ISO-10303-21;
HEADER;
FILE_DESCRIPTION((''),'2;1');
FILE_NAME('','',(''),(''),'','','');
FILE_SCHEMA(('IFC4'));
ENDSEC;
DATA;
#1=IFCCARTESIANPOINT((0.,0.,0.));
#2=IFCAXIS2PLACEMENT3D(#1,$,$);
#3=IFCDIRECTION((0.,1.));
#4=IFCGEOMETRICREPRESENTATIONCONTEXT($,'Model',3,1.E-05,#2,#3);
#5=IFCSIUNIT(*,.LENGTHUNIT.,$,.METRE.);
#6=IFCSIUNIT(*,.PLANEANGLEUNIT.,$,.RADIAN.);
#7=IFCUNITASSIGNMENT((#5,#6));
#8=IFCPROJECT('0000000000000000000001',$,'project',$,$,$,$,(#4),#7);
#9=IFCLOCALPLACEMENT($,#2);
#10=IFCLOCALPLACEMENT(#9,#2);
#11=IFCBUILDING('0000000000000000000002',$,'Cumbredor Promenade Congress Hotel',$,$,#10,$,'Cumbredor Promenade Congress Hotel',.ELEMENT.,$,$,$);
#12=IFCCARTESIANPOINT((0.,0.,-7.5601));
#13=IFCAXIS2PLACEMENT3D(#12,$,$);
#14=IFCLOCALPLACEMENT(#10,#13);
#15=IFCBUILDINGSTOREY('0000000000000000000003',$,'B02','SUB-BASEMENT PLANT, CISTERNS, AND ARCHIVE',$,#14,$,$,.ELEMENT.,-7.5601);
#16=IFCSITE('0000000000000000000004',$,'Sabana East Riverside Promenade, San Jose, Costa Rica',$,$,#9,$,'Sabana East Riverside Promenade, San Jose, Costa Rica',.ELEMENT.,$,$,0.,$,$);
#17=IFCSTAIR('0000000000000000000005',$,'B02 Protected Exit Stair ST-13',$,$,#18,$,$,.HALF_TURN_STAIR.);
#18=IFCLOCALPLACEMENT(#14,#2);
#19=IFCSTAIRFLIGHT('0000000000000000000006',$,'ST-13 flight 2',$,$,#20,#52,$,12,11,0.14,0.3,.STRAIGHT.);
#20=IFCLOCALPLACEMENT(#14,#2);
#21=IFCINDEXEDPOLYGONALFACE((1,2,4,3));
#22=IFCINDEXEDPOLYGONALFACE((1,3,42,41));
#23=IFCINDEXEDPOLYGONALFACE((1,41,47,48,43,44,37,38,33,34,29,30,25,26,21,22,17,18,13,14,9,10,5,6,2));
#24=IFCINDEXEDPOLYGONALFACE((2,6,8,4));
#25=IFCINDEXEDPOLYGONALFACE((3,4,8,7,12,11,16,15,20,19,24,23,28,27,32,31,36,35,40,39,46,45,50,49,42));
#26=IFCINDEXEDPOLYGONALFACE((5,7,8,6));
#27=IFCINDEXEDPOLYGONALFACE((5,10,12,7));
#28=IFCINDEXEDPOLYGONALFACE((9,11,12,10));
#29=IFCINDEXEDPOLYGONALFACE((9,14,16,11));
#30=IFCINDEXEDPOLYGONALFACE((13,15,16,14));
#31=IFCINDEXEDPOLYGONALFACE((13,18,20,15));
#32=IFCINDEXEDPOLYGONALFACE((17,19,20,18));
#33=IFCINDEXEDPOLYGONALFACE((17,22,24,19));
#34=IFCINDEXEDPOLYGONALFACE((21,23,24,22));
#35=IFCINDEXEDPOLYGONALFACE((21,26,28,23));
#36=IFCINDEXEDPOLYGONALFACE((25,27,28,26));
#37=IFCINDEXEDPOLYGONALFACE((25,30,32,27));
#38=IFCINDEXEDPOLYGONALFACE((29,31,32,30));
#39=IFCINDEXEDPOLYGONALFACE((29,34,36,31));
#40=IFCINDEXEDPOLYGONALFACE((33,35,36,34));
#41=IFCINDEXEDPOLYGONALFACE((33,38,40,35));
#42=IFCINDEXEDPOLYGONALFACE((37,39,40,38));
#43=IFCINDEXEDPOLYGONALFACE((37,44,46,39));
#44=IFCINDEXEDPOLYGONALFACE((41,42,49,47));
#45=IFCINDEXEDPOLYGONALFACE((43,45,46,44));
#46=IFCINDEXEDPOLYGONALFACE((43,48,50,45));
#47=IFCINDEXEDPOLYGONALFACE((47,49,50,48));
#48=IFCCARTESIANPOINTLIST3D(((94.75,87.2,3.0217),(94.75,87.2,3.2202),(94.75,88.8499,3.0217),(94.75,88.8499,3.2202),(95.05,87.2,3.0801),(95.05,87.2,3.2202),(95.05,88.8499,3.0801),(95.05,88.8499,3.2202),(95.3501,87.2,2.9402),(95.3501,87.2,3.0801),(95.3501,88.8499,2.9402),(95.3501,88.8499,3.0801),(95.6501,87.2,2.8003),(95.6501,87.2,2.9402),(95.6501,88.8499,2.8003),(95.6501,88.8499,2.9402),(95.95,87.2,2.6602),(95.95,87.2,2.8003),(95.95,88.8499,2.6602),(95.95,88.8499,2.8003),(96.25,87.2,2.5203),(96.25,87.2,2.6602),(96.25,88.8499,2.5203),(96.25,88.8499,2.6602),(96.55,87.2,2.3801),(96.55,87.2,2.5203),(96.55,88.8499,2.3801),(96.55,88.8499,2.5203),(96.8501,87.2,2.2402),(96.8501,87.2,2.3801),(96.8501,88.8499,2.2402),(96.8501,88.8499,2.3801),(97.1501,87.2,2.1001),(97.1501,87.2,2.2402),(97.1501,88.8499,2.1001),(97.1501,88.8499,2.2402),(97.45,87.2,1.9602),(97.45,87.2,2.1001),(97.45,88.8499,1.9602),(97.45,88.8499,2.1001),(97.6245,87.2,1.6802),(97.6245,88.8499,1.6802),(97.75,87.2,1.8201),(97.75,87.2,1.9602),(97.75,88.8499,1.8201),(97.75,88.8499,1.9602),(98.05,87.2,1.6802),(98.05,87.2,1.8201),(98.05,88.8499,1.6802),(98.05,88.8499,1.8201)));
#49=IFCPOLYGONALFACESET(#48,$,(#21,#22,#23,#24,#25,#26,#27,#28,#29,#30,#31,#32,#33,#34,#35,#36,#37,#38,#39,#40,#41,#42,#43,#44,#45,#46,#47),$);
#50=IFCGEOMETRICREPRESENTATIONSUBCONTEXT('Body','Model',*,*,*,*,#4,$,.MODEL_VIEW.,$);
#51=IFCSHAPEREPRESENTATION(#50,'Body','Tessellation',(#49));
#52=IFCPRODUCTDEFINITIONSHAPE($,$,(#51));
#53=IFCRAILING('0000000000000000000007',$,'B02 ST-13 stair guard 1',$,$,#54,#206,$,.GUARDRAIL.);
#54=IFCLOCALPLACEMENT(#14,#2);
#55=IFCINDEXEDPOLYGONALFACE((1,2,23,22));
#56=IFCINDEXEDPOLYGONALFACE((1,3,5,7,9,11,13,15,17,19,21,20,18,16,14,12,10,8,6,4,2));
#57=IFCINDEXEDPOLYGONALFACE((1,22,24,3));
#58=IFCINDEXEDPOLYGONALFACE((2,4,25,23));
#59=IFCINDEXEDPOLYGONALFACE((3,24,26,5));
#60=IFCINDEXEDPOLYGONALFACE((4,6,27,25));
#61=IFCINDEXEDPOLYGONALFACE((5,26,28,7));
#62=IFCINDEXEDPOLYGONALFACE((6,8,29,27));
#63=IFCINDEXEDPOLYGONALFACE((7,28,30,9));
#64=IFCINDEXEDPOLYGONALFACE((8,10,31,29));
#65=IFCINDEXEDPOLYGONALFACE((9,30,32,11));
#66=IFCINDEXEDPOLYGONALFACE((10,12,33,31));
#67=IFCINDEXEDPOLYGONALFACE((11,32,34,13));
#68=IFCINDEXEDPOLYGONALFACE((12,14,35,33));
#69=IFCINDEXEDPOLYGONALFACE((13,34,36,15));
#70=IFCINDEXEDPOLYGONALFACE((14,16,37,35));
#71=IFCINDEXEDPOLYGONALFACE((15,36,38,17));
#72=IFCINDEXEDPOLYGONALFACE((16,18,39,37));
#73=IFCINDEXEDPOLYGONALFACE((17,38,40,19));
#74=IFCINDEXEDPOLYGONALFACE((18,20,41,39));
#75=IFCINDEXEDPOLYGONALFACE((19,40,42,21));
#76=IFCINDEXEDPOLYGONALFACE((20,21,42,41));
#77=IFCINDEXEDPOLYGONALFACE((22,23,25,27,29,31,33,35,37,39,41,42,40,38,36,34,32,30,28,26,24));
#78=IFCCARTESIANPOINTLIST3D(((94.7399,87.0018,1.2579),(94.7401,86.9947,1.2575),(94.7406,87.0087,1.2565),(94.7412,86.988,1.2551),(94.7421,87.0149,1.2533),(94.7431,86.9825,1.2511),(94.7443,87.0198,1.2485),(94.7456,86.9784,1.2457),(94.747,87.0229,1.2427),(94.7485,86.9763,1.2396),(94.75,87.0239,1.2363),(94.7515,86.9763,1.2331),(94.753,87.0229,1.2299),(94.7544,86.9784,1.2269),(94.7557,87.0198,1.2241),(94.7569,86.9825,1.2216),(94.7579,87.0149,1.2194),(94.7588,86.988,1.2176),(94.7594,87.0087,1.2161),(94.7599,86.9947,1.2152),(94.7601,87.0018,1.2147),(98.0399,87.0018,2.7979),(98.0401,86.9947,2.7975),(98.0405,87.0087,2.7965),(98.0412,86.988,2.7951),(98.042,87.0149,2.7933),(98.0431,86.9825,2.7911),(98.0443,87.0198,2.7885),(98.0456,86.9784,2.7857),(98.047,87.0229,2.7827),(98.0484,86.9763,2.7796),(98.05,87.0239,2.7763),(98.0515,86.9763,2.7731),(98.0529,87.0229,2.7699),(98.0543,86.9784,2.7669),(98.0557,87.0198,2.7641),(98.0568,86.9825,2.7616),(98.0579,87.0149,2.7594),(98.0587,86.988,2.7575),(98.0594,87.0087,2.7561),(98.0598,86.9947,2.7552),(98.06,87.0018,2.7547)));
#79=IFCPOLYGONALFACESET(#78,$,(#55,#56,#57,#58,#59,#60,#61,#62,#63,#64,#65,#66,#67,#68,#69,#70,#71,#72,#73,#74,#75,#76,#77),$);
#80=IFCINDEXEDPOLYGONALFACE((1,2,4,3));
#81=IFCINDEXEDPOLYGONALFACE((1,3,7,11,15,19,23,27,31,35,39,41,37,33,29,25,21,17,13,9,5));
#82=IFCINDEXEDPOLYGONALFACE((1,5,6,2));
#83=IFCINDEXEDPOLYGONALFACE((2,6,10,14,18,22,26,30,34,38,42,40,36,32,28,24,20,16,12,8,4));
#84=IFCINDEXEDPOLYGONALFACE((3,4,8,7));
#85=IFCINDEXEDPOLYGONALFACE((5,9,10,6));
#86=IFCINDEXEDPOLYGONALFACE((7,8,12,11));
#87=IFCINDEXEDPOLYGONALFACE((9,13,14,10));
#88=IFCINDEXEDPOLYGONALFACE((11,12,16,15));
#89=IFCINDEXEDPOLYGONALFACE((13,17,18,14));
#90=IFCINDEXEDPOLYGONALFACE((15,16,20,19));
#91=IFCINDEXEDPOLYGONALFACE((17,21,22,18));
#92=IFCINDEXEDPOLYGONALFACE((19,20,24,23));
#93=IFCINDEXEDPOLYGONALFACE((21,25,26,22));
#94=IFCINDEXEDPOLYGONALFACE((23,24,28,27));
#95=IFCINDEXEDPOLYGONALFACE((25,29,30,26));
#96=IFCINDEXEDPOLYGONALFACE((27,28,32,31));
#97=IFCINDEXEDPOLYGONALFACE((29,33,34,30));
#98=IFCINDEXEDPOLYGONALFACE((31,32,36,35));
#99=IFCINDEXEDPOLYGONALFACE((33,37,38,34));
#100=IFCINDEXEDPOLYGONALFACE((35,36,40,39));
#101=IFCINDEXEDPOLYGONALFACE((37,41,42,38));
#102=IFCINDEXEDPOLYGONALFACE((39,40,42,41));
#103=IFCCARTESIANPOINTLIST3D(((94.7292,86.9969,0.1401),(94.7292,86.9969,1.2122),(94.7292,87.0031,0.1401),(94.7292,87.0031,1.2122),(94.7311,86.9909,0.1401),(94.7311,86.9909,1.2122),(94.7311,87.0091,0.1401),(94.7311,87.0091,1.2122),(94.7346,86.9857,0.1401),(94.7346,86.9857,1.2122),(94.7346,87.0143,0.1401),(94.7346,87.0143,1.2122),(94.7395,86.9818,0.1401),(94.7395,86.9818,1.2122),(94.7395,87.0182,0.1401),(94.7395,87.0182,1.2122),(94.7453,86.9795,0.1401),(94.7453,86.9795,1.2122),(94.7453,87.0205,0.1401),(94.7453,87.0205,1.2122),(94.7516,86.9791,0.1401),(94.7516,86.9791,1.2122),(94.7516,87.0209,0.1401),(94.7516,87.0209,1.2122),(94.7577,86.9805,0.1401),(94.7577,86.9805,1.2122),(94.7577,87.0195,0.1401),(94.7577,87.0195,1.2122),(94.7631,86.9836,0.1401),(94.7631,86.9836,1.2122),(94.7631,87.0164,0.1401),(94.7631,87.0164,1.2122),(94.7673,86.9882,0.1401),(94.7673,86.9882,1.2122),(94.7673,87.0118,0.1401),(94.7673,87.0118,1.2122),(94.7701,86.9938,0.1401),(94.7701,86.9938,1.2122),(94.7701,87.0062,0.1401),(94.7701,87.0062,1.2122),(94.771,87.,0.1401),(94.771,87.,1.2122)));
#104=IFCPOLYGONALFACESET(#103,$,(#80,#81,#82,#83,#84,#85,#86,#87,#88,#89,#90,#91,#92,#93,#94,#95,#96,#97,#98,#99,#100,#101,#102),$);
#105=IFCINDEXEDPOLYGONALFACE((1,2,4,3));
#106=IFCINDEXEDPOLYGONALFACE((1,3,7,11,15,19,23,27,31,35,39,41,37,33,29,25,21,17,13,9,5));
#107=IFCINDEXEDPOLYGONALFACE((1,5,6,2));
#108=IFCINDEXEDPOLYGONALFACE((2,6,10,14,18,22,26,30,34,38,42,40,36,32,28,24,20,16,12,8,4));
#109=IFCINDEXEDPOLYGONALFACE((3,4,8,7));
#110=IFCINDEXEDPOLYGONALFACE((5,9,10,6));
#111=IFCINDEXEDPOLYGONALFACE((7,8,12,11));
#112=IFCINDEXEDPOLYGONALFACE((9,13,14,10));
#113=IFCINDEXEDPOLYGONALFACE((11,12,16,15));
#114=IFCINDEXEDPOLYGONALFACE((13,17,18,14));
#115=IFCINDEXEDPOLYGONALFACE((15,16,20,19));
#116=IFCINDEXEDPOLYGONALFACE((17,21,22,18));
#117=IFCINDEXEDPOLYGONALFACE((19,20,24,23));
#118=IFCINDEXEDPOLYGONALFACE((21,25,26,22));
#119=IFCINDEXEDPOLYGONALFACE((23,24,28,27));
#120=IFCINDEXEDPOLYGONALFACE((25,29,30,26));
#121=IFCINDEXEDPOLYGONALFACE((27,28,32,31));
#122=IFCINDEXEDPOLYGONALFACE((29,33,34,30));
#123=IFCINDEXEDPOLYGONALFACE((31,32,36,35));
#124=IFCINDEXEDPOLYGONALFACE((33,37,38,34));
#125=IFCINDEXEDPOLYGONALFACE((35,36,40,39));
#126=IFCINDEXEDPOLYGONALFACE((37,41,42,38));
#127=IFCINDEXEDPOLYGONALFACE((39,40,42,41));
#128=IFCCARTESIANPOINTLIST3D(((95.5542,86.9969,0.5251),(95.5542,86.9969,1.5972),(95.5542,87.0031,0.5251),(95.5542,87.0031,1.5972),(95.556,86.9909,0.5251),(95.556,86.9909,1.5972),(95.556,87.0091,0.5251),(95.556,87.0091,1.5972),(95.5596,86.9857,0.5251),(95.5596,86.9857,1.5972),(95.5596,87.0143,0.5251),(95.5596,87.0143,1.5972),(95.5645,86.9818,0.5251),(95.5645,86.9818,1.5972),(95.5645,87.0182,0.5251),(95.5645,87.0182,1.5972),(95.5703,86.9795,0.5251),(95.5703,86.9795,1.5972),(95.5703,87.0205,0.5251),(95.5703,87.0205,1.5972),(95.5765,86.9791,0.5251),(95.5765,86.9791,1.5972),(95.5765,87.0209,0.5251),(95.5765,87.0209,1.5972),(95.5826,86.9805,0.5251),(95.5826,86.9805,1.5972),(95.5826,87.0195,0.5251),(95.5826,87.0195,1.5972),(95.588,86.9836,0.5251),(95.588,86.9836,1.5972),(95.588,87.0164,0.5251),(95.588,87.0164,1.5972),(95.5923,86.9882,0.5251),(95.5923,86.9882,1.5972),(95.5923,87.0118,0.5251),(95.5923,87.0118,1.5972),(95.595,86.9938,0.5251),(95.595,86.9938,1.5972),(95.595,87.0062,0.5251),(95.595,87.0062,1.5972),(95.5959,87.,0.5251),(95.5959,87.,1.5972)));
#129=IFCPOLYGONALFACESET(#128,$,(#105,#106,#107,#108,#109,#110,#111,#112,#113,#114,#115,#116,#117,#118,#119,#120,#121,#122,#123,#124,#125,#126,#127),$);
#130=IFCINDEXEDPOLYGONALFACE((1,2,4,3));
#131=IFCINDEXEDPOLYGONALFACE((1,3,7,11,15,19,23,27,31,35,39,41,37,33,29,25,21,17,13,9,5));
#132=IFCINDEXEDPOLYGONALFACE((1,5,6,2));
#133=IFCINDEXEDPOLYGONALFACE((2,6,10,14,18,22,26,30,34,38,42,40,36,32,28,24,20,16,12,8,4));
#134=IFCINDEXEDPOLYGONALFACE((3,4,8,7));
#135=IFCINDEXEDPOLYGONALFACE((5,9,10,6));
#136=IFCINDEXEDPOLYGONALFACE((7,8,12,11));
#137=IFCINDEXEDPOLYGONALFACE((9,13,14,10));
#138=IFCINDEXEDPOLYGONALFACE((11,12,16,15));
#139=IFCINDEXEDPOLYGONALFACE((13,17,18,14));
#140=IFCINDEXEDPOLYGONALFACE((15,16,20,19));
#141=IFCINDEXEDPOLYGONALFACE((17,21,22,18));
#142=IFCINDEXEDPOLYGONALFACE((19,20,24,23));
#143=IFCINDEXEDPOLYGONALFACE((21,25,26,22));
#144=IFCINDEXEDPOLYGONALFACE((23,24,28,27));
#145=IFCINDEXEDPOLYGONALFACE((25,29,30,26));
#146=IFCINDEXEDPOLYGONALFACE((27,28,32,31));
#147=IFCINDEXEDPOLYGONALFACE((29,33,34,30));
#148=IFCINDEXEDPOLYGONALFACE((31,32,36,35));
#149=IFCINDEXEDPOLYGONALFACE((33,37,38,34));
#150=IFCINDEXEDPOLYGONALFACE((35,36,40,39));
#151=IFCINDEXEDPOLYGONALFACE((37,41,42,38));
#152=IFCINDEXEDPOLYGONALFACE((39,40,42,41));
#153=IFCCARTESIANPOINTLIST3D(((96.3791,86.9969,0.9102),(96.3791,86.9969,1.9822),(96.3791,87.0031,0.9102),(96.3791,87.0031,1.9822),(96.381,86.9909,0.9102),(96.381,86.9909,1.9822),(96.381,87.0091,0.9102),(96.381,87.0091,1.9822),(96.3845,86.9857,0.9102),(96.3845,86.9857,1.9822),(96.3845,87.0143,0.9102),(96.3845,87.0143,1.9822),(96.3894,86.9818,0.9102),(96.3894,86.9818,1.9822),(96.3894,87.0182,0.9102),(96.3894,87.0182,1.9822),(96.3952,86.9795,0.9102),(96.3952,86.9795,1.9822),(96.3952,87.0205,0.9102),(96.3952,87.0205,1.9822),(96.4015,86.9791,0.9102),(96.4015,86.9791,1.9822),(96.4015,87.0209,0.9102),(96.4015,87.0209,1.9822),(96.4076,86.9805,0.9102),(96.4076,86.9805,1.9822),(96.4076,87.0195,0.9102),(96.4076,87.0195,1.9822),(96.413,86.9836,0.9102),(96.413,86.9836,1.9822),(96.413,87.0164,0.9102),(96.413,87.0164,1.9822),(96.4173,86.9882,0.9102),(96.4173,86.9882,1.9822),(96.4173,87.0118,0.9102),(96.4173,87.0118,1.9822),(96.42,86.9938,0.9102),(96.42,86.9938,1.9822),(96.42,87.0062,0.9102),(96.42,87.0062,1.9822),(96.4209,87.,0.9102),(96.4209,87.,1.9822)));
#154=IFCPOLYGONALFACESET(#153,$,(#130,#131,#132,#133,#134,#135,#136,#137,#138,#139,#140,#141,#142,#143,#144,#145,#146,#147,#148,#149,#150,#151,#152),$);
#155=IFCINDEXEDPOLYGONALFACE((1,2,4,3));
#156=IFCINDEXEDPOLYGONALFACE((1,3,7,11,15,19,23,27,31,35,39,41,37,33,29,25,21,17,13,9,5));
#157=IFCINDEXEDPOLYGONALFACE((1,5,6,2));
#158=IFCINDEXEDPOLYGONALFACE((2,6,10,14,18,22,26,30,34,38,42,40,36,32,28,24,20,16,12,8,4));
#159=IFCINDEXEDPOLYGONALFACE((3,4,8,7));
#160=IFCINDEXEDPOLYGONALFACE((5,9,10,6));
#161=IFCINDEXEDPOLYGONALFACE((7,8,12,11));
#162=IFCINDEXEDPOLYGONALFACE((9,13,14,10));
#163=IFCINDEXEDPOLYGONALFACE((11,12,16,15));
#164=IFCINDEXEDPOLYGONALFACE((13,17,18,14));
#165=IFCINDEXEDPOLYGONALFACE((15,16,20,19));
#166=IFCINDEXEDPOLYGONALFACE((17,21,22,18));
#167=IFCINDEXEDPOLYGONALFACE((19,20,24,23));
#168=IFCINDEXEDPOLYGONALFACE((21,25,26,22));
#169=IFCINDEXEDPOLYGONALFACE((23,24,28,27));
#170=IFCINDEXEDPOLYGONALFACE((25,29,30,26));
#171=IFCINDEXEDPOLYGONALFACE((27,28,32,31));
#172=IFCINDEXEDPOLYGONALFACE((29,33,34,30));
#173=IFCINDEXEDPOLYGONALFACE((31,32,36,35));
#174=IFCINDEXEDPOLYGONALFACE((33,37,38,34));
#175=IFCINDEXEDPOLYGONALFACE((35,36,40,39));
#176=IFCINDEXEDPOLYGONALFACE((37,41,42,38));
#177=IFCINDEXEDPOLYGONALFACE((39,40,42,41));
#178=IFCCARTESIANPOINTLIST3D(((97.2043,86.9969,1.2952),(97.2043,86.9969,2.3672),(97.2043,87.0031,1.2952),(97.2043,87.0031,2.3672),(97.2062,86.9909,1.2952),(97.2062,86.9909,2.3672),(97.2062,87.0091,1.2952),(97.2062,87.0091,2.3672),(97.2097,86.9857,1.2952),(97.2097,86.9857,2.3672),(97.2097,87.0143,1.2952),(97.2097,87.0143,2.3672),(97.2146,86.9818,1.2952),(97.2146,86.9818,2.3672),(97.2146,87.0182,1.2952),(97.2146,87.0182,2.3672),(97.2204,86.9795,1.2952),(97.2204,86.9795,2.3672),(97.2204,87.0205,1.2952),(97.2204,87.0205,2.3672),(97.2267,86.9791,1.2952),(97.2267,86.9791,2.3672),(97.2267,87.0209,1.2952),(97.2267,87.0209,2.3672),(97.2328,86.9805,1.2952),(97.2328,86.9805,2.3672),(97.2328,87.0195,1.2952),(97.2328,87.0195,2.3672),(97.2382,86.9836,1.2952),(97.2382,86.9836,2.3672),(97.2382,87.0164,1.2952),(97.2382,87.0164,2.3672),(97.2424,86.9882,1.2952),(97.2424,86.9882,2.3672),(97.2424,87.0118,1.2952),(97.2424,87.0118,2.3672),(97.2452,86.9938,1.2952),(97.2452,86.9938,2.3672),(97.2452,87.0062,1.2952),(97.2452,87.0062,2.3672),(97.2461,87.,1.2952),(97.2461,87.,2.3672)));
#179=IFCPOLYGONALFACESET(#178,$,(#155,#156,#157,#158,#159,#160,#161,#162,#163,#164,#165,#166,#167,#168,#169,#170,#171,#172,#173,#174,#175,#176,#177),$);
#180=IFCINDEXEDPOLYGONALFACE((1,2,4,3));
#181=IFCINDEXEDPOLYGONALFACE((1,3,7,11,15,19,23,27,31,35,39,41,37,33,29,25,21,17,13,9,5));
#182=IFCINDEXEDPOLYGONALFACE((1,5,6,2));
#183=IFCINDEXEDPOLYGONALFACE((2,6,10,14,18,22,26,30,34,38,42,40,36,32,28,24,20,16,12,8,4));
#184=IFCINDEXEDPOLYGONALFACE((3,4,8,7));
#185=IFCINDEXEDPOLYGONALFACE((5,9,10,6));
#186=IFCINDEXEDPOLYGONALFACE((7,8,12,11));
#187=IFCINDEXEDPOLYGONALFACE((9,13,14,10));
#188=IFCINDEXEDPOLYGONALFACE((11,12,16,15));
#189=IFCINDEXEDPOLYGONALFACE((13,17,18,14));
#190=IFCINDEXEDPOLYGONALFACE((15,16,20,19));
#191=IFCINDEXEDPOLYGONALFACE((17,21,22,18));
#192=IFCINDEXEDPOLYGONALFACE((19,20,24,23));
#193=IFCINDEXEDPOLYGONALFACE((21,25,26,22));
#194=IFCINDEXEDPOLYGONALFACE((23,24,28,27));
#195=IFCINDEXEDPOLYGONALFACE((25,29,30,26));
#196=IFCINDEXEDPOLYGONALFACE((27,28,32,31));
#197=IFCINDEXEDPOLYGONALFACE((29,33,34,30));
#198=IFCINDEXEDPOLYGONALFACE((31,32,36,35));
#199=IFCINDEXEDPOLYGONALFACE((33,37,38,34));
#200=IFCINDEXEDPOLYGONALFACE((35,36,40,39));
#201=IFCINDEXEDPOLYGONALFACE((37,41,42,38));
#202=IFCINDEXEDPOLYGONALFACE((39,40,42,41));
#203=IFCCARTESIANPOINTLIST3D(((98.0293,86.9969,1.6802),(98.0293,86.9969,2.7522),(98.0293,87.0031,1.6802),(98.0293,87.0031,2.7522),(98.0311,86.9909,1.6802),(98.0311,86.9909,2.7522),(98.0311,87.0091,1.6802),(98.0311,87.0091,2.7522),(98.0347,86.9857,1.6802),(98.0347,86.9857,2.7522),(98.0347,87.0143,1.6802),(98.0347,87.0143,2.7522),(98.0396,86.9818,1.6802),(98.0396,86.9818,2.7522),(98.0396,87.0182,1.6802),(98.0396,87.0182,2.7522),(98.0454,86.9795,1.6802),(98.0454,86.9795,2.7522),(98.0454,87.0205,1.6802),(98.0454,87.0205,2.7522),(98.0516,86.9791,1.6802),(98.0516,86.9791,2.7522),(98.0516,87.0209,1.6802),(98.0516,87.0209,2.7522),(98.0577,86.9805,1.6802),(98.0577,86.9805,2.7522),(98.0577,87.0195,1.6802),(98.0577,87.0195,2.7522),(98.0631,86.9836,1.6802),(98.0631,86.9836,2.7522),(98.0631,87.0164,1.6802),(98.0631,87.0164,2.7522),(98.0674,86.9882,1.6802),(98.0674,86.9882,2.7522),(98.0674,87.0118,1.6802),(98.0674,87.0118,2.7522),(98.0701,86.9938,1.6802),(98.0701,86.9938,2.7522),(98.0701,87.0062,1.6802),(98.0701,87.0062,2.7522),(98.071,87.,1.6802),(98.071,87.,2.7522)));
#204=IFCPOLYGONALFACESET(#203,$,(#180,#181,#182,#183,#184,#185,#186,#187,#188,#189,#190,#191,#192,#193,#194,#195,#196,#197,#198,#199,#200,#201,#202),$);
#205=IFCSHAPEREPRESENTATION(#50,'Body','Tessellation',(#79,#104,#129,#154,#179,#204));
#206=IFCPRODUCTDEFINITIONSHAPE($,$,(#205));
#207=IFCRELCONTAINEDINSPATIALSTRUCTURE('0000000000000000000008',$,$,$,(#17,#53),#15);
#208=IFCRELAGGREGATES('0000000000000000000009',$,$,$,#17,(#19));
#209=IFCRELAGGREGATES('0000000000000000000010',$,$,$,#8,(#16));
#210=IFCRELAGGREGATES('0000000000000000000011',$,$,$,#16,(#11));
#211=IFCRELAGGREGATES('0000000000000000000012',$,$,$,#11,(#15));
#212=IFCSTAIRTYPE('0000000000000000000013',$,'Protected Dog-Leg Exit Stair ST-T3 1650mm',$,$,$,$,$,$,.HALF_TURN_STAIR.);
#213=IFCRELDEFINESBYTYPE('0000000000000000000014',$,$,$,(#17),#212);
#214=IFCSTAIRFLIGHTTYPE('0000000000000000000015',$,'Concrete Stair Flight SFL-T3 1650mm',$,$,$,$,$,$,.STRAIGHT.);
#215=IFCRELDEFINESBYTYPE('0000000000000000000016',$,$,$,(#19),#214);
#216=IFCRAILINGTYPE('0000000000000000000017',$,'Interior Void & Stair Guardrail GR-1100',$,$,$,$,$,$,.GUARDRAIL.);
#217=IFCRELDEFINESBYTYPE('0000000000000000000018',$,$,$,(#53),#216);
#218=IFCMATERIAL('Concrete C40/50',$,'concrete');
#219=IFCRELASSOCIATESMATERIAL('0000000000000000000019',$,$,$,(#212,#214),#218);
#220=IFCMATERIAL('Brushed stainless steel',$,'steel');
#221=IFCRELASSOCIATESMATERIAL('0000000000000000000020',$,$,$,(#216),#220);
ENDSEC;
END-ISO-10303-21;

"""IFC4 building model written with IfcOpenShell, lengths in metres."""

from ifc_helpers import new_model, si_unit, direction, frame, origin, origin_2d, place, context, subcontext, project, spatial, polyline, circle, outline, extrude, material, type_object, element, aggregate, save


model = new_model("IFC4")

# Units and contexts
model_context = context("Model", 3, precision=1e-05, world=origin(), true_north=direction((0.0, 1.0)))
body_context = subcontext(model_context, "Body", "Model", "MODEL_VIEW")
ifc_project = project(units=[si_unit("LENGTHUNIT", "METRE"), si_unit("PLANEANGLEUNIT", "RADIAN")], contexts=[model_context])

# Site, building, storey
site_placement = place(None, origin())
site = spatial("IfcSite", under=ifc_project, at=site_placement, Name="Sabana East Riverside Promenade, San Jose, Costa Rica", LongName="Sabana East Riverside Promenade, San Jose, Costa Rica", CompositionType="ELEMENT", RefElevation=0.0)
building_placement = place(site_placement, origin())
building = spatial("IfcBuilding", under=site, at=building_placement, Name="Cumbredor Promenade Congress Hotel", LongName="Cumbredor Promenade Congress Hotel", CompositionType="ELEMENT")
storey_placement = place(building_placement, frame((0.0, 0.0, -7.5601)))
storey = spatial("IfcBuildingStorey", under=building, at=storey_placement, Name="B02", Description="SUB-BASEMENT PLANT, CISTERNS, AND ARCHIVE", CompositionType="ELEMENT", Elevation=-7.5601)

# Shared definitions
ifc_material_1 = material(Name="Concrete C40/50", Category="concrete")

# Stair, stair flight
stair_type = type_object("IfcStairType", Name="Protected Dog-Leg Exit Stair ST-T3 1650mm", PredefinedType="HALF_TURN_STAIR", material=ifc_material_1)
stair_placement = place(storey_placement, origin())
stair = element("IfcStair", 1, at=stair_placement, inside=storey, type_object=stair_type, Name="B02 Protected Exit Stair ST-13", PredefinedType="HALF_TURN_STAIR")
stair_flight_type = type_object("IfcStairFlightType", Name="Concrete Stair Flight SFL-T3 1650mm", PredefinedType="STRAIGHT", material=ifc_material_1)
stair_flight_1_placement = place(storey_placement, frame((98.05, 88.0249, 1.6802), z_axis=(0.0, 0.0, 1.0), x_axis=(-1.0, 0.0, 0.0)))
stair_flight_1 = element("IfcStairFlight", 2, at=stair_flight_1_placement, type_object=stair_flight_type, Name="ST-13 flight 2", NumberOfRisers=12, NumberOfTreads=11, PredefinedType="STRAIGHT", RiserHeight=0.14, TreadLength=0.3, context=body_context, shape_type="SweptSolid", body=[
    extrude(outline(polyline([(0.0, 0.0), (0.0, 0.1399), (0.3, 0.1399), (0.3, 0.28), (0.6001, 0.28), (0.6001, 0.4199), (0.8999, 0.4199), (0.8999, 0.5601), (1.2, 0.5601), (1.2, 0.7), (1.5, 0.7), (1.5, 0.8401), (1.8, 0.8401), (1.8, 0.98), (2.1001, 0.98), (2.1001, 1.1201), (2.3999, 1.1201), (2.3999, 1.26), (2.7, 1.26), (2.7, 1.3999), (3.0, 1.3999), (3.0, 1.54), (3.3, 1.54), (3.3, 1.6799), (3.3, 1.3416), (0.4255, 0.0), (0.0, 0.0)])), frame((0.0, 0.825, 0.0), z_axis=(0.0, -1.0, 0.0), x_axis=(1.0, 0.0, 0.0)), (0.0, 0.0, 1.0), 1.6499),
])
aggregate(stair, [stair_flight_1])

# Railing
ifc_material_2 = material(Name="Brushed stainless steel", Category="steel")
railing_type_1 = type_object("IfcRailingType", Name="Interior Void & Stair Guardrail GR-1100", PredefinedType="GUARDRAIL", material=ifc_material_2)
railing_1_placement = place(storey_placement, frame((94.75, 87.0, 0.1401)))
element("IfcRailing", 3, at=railing_1_placement, inside=storey, type_object=railing_type_1, Name="B02 ST-13 stair guard 1", PredefinedType="GUARDRAIL", context=body_context, shape_type="SweptSolid", body=[
    extrude(circle(Radius=0.0239, at=origin_2d()), frame((0.0, 0.0, 1.0962), z_axis=(0.906181, 0.0, 0.422889), x_axis=(0.0, 1.0, 0.0)), (0.0, 0.0, 1.0), 3.6416),
    extrude(circle(Radius=0.021, at=origin_2d()), origin(), (0.0, 0.0, 1.0), 1.072),
    extrude(circle(Radius=0.021, at=origin_2d()), frame((0.825, 0.0, 0.385)), (0.0, 0.0, 1.0), 1.072),
    extrude(circle(Radius=0.021, at=origin_2d()), frame((1.6499, 0.0, 0.77)), (0.0, 0.0, 1.0), 1.072),
    extrude(circle(Radius=0.021, at=origin_2d()), frame((2.4751, 0.0, 1.155)), (0.0, 0.0, 1.0), 1.072),
    extrude(circle(Radius=0.021, at=origin_2d()), frame((3.3, 0.0, 1.54)), (0.0, 0.0, 1.0), 1.072),
])

save(model, "model.ifc")
